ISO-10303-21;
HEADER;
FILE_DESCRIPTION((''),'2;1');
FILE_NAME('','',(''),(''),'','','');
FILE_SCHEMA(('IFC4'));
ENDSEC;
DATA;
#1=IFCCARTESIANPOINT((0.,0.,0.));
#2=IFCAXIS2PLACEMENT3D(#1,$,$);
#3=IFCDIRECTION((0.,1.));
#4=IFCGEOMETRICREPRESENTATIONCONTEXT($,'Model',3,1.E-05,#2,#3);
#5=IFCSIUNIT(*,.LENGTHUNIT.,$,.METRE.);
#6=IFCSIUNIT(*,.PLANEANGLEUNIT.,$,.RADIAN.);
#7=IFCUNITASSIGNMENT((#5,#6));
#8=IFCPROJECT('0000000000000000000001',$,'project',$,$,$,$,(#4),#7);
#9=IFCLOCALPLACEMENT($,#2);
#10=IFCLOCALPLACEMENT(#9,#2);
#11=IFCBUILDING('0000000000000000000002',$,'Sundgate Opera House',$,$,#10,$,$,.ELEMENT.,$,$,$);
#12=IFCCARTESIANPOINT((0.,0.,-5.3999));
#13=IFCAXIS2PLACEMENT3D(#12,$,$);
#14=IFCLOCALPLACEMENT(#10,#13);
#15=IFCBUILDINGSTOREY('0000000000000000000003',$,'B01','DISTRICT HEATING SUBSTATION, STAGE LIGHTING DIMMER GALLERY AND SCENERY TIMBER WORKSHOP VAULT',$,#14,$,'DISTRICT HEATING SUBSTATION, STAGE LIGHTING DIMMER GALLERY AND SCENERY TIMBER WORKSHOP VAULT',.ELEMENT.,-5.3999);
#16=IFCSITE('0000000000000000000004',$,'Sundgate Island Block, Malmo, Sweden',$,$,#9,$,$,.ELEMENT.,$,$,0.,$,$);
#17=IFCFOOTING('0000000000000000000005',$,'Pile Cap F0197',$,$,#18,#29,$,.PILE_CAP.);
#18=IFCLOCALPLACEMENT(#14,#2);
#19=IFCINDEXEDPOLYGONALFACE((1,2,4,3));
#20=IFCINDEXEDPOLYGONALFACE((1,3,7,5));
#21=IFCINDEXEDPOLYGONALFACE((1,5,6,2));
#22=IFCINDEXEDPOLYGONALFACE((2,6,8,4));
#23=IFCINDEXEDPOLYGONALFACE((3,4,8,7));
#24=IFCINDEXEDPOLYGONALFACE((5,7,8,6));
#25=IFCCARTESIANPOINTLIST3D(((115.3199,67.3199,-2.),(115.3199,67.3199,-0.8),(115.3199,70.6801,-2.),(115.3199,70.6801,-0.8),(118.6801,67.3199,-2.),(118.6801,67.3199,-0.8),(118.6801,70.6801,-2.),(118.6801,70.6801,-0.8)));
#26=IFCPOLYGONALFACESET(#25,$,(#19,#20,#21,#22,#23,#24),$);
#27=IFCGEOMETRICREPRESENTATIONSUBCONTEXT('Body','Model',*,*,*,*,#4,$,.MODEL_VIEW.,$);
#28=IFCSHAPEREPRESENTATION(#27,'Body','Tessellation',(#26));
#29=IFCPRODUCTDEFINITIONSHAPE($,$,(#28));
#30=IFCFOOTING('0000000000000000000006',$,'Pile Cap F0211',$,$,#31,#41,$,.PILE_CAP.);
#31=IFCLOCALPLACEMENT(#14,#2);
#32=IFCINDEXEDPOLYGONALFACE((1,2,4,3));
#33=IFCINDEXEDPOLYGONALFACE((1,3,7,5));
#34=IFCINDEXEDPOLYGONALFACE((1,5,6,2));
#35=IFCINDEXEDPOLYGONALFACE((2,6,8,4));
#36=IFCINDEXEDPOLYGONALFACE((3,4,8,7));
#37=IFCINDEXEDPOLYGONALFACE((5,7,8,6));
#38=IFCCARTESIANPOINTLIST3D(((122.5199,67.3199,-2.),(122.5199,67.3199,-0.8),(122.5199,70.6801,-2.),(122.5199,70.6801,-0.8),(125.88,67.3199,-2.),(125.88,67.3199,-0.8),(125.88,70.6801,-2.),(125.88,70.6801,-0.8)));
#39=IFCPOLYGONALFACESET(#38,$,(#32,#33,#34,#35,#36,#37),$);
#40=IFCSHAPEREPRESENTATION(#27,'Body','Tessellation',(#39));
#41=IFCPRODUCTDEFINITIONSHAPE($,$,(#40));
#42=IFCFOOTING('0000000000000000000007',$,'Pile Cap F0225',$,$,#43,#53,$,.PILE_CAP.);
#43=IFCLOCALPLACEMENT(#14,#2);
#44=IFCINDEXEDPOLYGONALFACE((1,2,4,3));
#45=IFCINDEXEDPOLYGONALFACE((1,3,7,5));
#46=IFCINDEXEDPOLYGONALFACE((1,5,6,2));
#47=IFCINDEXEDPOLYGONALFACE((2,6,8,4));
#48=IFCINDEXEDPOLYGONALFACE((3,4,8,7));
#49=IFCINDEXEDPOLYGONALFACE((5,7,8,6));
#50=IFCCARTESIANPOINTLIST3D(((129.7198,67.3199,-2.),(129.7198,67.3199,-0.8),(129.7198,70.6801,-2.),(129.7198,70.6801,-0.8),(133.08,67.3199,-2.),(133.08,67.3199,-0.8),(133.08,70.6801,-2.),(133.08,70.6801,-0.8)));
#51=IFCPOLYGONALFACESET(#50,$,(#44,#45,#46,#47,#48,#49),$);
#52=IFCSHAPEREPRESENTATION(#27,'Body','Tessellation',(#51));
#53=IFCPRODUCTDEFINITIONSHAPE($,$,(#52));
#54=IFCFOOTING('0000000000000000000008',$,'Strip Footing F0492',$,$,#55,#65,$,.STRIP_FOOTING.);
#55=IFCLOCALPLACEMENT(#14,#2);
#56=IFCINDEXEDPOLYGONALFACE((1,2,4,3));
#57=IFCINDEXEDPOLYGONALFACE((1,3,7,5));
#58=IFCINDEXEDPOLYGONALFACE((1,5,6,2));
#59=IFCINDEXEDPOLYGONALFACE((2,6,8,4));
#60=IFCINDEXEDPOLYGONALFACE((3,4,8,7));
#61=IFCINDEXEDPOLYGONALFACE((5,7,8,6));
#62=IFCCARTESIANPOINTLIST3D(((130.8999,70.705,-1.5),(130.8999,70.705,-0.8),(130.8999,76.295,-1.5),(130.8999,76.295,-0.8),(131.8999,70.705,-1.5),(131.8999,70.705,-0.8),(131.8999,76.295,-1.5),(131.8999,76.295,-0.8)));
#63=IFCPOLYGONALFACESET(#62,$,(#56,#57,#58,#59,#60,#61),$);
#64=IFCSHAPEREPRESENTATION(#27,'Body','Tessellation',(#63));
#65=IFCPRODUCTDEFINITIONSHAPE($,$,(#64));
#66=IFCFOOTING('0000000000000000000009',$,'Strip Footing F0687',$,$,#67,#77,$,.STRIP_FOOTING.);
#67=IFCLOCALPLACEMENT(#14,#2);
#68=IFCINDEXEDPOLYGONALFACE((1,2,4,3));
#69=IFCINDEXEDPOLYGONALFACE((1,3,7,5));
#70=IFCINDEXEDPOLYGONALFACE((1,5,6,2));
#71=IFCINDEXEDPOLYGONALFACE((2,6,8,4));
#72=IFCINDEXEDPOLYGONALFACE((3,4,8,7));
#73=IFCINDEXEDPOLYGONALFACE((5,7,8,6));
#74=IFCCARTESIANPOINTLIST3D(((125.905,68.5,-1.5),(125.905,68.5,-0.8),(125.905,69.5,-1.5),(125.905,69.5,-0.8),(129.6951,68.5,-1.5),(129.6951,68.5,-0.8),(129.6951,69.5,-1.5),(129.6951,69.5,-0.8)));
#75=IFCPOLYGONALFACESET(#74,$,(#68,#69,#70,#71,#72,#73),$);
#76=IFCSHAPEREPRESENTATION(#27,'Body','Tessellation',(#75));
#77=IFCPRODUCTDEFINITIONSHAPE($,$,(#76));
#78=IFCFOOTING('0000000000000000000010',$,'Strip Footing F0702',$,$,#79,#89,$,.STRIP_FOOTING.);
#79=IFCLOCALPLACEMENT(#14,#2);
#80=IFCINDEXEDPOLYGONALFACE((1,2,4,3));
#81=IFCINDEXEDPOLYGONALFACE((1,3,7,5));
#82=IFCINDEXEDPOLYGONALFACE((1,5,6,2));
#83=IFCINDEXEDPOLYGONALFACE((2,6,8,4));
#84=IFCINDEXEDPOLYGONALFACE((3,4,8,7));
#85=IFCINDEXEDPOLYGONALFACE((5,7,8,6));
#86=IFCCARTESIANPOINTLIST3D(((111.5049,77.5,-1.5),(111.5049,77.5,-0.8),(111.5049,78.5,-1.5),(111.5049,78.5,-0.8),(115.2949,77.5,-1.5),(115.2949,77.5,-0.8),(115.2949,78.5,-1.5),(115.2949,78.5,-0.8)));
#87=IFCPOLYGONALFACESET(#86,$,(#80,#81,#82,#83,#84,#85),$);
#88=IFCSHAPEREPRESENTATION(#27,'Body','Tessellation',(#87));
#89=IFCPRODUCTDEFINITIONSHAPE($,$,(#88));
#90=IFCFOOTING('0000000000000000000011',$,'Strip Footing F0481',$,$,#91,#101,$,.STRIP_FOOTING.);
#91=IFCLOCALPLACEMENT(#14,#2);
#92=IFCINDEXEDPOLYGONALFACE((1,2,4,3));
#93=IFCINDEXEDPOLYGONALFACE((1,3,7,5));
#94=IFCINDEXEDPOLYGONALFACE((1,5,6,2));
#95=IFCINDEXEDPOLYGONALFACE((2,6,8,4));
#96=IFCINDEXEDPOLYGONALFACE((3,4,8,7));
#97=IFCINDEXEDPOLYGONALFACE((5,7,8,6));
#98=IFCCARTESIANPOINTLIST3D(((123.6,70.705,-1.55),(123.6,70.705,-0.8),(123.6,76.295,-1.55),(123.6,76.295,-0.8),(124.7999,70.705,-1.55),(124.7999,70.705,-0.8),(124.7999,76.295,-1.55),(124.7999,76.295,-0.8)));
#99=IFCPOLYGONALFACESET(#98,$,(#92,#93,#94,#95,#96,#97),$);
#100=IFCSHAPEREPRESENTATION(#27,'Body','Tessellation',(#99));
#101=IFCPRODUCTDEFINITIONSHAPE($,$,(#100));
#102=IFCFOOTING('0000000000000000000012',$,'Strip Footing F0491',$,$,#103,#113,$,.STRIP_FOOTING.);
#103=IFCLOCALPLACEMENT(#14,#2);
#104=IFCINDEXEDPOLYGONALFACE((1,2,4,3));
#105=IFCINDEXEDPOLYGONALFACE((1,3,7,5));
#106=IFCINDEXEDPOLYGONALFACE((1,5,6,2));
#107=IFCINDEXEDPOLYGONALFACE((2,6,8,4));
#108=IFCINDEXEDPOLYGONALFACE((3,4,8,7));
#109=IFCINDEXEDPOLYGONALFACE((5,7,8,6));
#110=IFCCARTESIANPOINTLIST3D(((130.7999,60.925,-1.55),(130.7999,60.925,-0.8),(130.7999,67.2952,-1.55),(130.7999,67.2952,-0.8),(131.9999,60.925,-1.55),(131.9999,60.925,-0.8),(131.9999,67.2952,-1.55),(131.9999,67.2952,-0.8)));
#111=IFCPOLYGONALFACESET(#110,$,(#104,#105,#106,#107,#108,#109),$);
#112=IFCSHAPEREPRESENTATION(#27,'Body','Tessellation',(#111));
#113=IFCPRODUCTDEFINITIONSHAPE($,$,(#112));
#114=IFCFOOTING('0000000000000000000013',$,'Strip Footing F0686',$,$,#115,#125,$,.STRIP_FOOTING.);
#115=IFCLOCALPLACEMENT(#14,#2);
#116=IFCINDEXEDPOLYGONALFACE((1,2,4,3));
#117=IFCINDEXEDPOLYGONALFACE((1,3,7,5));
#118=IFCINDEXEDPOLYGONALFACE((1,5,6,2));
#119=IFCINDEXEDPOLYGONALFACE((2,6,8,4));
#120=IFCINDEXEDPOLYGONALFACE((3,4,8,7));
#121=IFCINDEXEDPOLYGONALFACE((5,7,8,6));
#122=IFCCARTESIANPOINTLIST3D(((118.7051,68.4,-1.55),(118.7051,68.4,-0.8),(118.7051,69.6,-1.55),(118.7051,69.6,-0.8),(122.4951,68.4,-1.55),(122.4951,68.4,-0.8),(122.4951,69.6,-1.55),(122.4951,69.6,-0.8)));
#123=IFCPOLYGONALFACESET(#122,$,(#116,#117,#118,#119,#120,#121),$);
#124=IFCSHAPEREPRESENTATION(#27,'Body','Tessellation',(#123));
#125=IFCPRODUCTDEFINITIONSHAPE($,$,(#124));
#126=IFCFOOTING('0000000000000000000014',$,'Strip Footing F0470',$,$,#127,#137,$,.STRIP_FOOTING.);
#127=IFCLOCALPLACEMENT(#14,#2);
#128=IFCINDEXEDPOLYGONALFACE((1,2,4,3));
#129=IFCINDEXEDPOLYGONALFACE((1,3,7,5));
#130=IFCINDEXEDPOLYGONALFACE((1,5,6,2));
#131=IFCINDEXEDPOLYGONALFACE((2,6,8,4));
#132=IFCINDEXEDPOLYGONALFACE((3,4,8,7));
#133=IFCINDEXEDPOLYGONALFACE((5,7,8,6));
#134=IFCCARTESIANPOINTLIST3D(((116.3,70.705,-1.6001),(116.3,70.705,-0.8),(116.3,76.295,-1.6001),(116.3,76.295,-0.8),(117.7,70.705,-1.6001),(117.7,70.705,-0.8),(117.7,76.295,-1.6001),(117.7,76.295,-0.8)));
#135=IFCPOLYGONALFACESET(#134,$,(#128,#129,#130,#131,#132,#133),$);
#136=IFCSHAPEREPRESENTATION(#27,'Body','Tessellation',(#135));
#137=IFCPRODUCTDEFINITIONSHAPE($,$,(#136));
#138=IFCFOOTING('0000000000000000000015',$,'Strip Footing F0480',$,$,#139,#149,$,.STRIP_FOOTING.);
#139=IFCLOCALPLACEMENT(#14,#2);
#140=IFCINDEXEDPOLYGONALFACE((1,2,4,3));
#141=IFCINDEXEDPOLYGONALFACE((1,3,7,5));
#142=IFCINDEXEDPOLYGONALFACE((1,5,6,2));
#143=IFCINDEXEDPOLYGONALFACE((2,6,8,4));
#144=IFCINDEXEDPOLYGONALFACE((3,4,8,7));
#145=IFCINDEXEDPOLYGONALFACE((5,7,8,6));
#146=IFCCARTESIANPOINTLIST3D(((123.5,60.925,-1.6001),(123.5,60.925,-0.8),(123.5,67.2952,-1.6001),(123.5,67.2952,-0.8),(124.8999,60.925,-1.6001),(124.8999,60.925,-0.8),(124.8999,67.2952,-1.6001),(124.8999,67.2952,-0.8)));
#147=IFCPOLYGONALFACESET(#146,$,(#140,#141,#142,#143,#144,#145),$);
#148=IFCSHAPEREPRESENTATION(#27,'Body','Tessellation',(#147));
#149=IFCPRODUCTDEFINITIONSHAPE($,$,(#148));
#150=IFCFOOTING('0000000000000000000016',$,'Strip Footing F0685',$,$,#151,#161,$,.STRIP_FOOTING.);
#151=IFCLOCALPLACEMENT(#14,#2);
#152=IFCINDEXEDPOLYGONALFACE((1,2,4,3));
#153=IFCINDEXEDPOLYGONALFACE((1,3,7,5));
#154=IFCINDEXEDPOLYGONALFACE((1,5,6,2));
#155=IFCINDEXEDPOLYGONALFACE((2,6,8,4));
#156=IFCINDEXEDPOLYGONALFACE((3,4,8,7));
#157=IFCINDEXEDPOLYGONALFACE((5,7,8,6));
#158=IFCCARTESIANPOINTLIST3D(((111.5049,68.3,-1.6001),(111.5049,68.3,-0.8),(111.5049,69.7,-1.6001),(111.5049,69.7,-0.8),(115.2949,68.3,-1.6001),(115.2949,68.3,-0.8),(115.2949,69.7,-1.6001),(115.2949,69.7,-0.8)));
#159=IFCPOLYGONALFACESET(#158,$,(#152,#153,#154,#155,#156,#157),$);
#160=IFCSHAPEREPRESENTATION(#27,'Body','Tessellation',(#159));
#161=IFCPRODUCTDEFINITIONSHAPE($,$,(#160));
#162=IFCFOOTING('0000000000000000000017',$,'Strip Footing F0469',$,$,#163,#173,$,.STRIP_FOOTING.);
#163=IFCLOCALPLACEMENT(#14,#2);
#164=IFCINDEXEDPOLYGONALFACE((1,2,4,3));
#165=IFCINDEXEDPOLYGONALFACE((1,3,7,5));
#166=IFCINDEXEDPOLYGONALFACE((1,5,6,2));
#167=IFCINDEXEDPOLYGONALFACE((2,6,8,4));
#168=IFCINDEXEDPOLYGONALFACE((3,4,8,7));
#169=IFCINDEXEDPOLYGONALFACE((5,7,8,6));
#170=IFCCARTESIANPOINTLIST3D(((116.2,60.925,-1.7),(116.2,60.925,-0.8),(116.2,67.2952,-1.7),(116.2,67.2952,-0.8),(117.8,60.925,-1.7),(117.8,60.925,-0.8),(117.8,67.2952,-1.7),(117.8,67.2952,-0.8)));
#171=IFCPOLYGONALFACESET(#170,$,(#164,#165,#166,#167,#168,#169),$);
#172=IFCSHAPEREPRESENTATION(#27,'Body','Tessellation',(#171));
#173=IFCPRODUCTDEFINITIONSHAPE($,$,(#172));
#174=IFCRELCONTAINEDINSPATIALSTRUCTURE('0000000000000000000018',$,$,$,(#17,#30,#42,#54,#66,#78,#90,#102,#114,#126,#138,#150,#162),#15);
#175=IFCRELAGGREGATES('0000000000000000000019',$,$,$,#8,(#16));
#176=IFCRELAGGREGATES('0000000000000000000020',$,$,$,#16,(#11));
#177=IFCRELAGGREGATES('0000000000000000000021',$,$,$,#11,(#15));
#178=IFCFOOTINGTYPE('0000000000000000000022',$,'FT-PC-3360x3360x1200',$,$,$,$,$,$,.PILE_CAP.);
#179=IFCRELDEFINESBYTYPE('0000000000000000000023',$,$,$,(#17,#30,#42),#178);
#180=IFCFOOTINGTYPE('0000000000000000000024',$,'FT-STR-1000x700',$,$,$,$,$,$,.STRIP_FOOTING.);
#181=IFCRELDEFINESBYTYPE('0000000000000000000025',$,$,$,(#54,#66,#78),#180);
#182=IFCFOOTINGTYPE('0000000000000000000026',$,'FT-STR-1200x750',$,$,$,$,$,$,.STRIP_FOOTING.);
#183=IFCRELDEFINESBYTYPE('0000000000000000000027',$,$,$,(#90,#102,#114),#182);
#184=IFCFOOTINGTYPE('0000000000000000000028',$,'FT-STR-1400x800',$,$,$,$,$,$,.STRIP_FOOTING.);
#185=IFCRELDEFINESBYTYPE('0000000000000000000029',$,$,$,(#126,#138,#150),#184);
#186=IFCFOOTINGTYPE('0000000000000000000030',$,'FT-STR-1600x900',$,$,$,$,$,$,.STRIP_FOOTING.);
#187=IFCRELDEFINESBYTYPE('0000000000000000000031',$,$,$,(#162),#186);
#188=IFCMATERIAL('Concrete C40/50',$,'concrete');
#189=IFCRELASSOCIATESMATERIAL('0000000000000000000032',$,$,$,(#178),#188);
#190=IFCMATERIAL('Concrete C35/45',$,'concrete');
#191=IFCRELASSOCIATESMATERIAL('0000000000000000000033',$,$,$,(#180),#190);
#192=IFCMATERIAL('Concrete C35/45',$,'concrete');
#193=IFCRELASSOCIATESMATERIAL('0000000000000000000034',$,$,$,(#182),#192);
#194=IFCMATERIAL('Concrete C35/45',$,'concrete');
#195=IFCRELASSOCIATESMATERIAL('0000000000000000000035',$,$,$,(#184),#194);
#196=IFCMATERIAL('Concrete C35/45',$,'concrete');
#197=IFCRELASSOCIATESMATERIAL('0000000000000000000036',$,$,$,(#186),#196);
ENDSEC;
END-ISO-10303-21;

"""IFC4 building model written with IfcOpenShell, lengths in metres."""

from ifc_helpers import new_model, si_unit, direction, frame, origin, origin_2d, place, context, subcontext, project, spatial, rectangle, extrude, material, type_object, element, save


model = new_model("IFC4")

# Units and contexts
model_context = context("Model", 3, precision=1e-05, world=origin(), true_north=direction((0.0, 1.0)))
body_context = subcontext(model_context, "Body", "Model", "MODEL_VIEW")
ifc_project = project(units=[si_unit("LENGTHUNIT", "METRE"), si_unit("PLANEANGLEUNIT", "RADIAN")], contexts=[model_context])

# Site, building, storey
site_placement = place(None, origin())
site = spatial("IfcSite", under=ifc_project, at=site_placement, Name="Sundgate Island Block, Malmo, Sweden", CompositionType="ELEMENT", RefElevation=0.0)
building_placement = place(site_placement, origin())
building = spatial("IfcBuilding", under=site, at=building_placement, Name="Sundgate Opera House", CompositionType="ELEMENT")
storey_placement = place(building_placement, frame((0.0, 0.0, -5.3999)))
storey = spatial("IfcBuildingStorey", under=building, at=storey_placement, Name="B01", Description="DISTRICT HEATING SUBSTATION, STAGE LIGHTING DIMMER GALLERY AND SCENERY TIMBER WORKSHOP VAULT", LongName="DISTRICT HEATING SUBSTATION, STAGE LIGHTING DIMMER GALLERY AND SCENERY TIMBER WORKSHOP VAULT", CompositionType="ELEMENT", Elevation=-5.3999)

# Footings
ifc_material_1 = material(Name="Concrete C40/50", Category="concrete")
footing_type_1 = type_object("IfcFootingType", Name="FT-PC-3360x3360x1200", PredefinedType="PILE_CAP", material=ifc_material_1)
for number, where, z_axis, x_axis, name in (
    (1, (117.0, 69.0, -2.0), (0.0, 0.0, 1.0), (1.0, 0.0, 0.0), "Pile Cap F0197"),
    (2, (124.2, 69.0, -2.0), (0.0, 0.0, 1.0), (1.0, 0.0, 0.0), "Pile Cap F0211"),
    (3, (131.3999, 69.0, -2.0), (0.0, 0.0, 1.0), (1.0, 0.0, 0.0), "Pile Cap F0225"),
):
    element("IfcFooting", number, at=place(storey_placement, frame(where, z_axis=z_axis, x_axis=x_axis)), inside=storey, type_object=footing_type_1, Name=name, PredefinedType="PILE_CAP", context=body_context, shape_type="SweptSolid", body=[
        extrude(rectangle(XDim=3.3601, YDim=3.3601, at=origin_2d()), origin(), (0.0, 0.0, 1.0), 1.2),
    ])
ifc_material_2 = material(Name="Concrete C35/45", Category="concrete")
footing_type_2 = type_object("IfcFootingType", Name="FT-STR-1000x700", PredefinedType="STRIP_FOOTING", material=ifc_material_2)
footing_1_placement = place(storey_placement, frame((131.3999, 73.5, -1.5), z_axis=(0.0, 0.0, 1.0), x_axis=(1.0, 0.0, 0.0)))
element("IfcFooting", 4, at=footing_1_placement, inside=storey, type_object=footing_type_2, Name="Strip Footing F0492", PredefinedType="STRIP_FOOTING", context=body_context, shape_type="SweptSolid", body=[
    extrude(rectangle(XDim=1.0, YDim=5.5901, at=origin_2d()), origin(), (0.0, 0.0, 1.0), 0.7),
])
for number, where, z_axis, x_axis, name in (
    (5, (127.8, 69.0, -1.5), (0.0, 0.0, 1.0), (1.0, 0.0, 0.0), "Strip Footing F0687"),
    (6, (113.3999, 78.0, -1.5), (0.0, 0.0, 1.0), (1.0, 0.0, 0.0), "Strip Footing F0702"),
):
    element("IfcFooting", number, at=place(storey_placement, frame(where, z_axis=z_axis, x_axis=x_axis)), inside=storey, type_object=footing_type_2, Name=name, PredefinedType="STRIP_FOOTING", context=body_context, shape_type="SweptSolid", body=[
        extrude(rectangle(XDim=3.79, YDim=1.0, at=origin_2d()), origin(), (0.0, 0.0, 1.0), 0.7),
    ])
ifc_material_3 = material(Name="Concrete C35/45", Category="concrete")
footing_type_3 = type_object("IfcFootingType", Name="FT-STR-1200x750", PredefinedType="STRIP_FOOTING", material=ifc_material_3)
footing_2_placement = place(storey_placement, frame((124.2, 73.5, -1.55), z_axis=(0.0, 0.0, 1.0), x_axis=(1.0, 0.0, 0.0)))
element("IfcFooting", 7, at=footing_2_placement, inside=storey, type_object=footing_type_3, Name="Strip Footing F0481", PredefinedType="STRIP_FOOTING", context=body_context, shape_type="SweptSolid", body=[
    extrude(rectangle(XDim=1.2, YDim=5.5901, at=origin_2d()), origin(), (0.0, 0.0, 1.0), 0.75),
])
footing_3_placement = place(storey_placement, frame((131.3999, 64.1101, -1.55), z_axis=(0.0, 0.0, 1.0), x_axis=(1.0, 0.0, 0.0)))
element("IfcFooting", 8, at=footing_3_placement, inside=storey, type_object=footing_type_3, Name="Strip Footing F0491", PredefinedType="STRIP_FOOTING", context=body_context, shape_type="SweptSolid", body=[
    extrude(rectangle(XDim=1.2, YDim=6.3701, at=origin_2d()), origin(), (0.0, 0.0, 1.0), 0.75),
])
footing_4_placement = place(storey_placement, frame((120.6001, 69.0, -1.55), z_axis=(0.0, 0.0, 1.0), x_axis=(1.0, 0.0, 0.0)))
element("IfcFooting", 9, at=footing_4_placement, inside=storey, type_object=footing_type_3, Name="Strip Footing F0686", PredefinedType="STRIP_FOOTING", context=body_context, shape_type="SweptSolid", body=[
    extrude(rectangle(XDim=3.79, YDim=1.2, at=origin_2d()), origin(), (0.0, 0.0, 1.0), 0.75),
])
ifc_material_4 = material(Name="Concrete C35/45", Category="concrete")
footing_type_4 = type_object("IfcFootingType", Name="FT-STR-1400x800", PredefinedType="STRIP_FOOTING", material=ifc_material_4)
footing_5_placement = place(storey_placement, frame((117.0, 73.5, -1.6001), z_axis=(0.0, 0.0, 1.0), x_axis=(1.0, 0.0, 0.0)))
element("IfcFooting", 10, at=footing_5_placement, inside=storey, type_object=footing_type_4, Name="Strip Footing F0470", PredefinedType="STRIP_FOOTING", context=body_context, shape_type="SweptSolid", body=[
    extrude(rectangle(XDim=1.3999, YDim=5.5901, at=origin_2d()), origin(), (0.0, 0.0, 1.0), 0.8),
])
footing_6_placement = place(storey_placement, frame((124.2, 64.1101, -1.6001), z_axis=(0.0, 0.0, 1.0), x_axis=(1.0, 0.0, 0.0)))
element("IfcFooting", 11, at=footing_6_placement, inside=storey, type_object=footing_type_4, Name="Strip Footing F0480", PredefinedType="STRIP_FOOTING", context=body_context, shape_type="SweptSolid", body=[
    extrude(rectangle(XDim=1.3999, YDim=6.3701, at=origin_2d()), origin(), (0.0, 0.0, 1.0), 0.8),
])
footing_7_placement = place(storey_placement, frame((113.3999, 69.0, -1.6001), z_axis=(0.0, 0.0, 1.0), x_axis=(1.0, 0.0, 0.0)))
element("IfcFooting", 12, at=footing_7_placement, inside=storey, type_object=footing_type_4, Name="Strip Footing F0685", PredefinedType="STRIP_FOOTING", context=body_context, shape_type="SweptSolid", body=[
    extrude(rectangle(XDim=3.79, YDim=1.3999, at=origin_2d()), origin(), (0.0, 0.0, 1.0), 0.8),
])
ifc_material_5 = material(Name="Concrete C35/45", Category="concrete")
footing_type_5 = type_object("IfcFootingType", Name="FT-STR-1600x900", PredefinedType="STRIP_FOOTING", material=ifc_material_5)
footing_8_placement = place(storey_placement, frame((117.0, 64.1101, -1.7), z_axis=(0.0, 0.0, 1.0), x_axis=(1.0, 0.0, 0.0)))
element("IfcFooting", 13, at=footing_8_placement, inside=storey, type_object=footing_type_5, Name="Strip Footing F0469", PredefinedType="STRIP_FOOTING", context=body_context, shape_type="SweptSolid", body=[
    extrude(rectangle(XDim=1.6001, YDim=6.3701, at=origin_2d()), origin(), (0.0, 0.0, 1.0), 0.8999),
])

save(model, "model.ifc")
